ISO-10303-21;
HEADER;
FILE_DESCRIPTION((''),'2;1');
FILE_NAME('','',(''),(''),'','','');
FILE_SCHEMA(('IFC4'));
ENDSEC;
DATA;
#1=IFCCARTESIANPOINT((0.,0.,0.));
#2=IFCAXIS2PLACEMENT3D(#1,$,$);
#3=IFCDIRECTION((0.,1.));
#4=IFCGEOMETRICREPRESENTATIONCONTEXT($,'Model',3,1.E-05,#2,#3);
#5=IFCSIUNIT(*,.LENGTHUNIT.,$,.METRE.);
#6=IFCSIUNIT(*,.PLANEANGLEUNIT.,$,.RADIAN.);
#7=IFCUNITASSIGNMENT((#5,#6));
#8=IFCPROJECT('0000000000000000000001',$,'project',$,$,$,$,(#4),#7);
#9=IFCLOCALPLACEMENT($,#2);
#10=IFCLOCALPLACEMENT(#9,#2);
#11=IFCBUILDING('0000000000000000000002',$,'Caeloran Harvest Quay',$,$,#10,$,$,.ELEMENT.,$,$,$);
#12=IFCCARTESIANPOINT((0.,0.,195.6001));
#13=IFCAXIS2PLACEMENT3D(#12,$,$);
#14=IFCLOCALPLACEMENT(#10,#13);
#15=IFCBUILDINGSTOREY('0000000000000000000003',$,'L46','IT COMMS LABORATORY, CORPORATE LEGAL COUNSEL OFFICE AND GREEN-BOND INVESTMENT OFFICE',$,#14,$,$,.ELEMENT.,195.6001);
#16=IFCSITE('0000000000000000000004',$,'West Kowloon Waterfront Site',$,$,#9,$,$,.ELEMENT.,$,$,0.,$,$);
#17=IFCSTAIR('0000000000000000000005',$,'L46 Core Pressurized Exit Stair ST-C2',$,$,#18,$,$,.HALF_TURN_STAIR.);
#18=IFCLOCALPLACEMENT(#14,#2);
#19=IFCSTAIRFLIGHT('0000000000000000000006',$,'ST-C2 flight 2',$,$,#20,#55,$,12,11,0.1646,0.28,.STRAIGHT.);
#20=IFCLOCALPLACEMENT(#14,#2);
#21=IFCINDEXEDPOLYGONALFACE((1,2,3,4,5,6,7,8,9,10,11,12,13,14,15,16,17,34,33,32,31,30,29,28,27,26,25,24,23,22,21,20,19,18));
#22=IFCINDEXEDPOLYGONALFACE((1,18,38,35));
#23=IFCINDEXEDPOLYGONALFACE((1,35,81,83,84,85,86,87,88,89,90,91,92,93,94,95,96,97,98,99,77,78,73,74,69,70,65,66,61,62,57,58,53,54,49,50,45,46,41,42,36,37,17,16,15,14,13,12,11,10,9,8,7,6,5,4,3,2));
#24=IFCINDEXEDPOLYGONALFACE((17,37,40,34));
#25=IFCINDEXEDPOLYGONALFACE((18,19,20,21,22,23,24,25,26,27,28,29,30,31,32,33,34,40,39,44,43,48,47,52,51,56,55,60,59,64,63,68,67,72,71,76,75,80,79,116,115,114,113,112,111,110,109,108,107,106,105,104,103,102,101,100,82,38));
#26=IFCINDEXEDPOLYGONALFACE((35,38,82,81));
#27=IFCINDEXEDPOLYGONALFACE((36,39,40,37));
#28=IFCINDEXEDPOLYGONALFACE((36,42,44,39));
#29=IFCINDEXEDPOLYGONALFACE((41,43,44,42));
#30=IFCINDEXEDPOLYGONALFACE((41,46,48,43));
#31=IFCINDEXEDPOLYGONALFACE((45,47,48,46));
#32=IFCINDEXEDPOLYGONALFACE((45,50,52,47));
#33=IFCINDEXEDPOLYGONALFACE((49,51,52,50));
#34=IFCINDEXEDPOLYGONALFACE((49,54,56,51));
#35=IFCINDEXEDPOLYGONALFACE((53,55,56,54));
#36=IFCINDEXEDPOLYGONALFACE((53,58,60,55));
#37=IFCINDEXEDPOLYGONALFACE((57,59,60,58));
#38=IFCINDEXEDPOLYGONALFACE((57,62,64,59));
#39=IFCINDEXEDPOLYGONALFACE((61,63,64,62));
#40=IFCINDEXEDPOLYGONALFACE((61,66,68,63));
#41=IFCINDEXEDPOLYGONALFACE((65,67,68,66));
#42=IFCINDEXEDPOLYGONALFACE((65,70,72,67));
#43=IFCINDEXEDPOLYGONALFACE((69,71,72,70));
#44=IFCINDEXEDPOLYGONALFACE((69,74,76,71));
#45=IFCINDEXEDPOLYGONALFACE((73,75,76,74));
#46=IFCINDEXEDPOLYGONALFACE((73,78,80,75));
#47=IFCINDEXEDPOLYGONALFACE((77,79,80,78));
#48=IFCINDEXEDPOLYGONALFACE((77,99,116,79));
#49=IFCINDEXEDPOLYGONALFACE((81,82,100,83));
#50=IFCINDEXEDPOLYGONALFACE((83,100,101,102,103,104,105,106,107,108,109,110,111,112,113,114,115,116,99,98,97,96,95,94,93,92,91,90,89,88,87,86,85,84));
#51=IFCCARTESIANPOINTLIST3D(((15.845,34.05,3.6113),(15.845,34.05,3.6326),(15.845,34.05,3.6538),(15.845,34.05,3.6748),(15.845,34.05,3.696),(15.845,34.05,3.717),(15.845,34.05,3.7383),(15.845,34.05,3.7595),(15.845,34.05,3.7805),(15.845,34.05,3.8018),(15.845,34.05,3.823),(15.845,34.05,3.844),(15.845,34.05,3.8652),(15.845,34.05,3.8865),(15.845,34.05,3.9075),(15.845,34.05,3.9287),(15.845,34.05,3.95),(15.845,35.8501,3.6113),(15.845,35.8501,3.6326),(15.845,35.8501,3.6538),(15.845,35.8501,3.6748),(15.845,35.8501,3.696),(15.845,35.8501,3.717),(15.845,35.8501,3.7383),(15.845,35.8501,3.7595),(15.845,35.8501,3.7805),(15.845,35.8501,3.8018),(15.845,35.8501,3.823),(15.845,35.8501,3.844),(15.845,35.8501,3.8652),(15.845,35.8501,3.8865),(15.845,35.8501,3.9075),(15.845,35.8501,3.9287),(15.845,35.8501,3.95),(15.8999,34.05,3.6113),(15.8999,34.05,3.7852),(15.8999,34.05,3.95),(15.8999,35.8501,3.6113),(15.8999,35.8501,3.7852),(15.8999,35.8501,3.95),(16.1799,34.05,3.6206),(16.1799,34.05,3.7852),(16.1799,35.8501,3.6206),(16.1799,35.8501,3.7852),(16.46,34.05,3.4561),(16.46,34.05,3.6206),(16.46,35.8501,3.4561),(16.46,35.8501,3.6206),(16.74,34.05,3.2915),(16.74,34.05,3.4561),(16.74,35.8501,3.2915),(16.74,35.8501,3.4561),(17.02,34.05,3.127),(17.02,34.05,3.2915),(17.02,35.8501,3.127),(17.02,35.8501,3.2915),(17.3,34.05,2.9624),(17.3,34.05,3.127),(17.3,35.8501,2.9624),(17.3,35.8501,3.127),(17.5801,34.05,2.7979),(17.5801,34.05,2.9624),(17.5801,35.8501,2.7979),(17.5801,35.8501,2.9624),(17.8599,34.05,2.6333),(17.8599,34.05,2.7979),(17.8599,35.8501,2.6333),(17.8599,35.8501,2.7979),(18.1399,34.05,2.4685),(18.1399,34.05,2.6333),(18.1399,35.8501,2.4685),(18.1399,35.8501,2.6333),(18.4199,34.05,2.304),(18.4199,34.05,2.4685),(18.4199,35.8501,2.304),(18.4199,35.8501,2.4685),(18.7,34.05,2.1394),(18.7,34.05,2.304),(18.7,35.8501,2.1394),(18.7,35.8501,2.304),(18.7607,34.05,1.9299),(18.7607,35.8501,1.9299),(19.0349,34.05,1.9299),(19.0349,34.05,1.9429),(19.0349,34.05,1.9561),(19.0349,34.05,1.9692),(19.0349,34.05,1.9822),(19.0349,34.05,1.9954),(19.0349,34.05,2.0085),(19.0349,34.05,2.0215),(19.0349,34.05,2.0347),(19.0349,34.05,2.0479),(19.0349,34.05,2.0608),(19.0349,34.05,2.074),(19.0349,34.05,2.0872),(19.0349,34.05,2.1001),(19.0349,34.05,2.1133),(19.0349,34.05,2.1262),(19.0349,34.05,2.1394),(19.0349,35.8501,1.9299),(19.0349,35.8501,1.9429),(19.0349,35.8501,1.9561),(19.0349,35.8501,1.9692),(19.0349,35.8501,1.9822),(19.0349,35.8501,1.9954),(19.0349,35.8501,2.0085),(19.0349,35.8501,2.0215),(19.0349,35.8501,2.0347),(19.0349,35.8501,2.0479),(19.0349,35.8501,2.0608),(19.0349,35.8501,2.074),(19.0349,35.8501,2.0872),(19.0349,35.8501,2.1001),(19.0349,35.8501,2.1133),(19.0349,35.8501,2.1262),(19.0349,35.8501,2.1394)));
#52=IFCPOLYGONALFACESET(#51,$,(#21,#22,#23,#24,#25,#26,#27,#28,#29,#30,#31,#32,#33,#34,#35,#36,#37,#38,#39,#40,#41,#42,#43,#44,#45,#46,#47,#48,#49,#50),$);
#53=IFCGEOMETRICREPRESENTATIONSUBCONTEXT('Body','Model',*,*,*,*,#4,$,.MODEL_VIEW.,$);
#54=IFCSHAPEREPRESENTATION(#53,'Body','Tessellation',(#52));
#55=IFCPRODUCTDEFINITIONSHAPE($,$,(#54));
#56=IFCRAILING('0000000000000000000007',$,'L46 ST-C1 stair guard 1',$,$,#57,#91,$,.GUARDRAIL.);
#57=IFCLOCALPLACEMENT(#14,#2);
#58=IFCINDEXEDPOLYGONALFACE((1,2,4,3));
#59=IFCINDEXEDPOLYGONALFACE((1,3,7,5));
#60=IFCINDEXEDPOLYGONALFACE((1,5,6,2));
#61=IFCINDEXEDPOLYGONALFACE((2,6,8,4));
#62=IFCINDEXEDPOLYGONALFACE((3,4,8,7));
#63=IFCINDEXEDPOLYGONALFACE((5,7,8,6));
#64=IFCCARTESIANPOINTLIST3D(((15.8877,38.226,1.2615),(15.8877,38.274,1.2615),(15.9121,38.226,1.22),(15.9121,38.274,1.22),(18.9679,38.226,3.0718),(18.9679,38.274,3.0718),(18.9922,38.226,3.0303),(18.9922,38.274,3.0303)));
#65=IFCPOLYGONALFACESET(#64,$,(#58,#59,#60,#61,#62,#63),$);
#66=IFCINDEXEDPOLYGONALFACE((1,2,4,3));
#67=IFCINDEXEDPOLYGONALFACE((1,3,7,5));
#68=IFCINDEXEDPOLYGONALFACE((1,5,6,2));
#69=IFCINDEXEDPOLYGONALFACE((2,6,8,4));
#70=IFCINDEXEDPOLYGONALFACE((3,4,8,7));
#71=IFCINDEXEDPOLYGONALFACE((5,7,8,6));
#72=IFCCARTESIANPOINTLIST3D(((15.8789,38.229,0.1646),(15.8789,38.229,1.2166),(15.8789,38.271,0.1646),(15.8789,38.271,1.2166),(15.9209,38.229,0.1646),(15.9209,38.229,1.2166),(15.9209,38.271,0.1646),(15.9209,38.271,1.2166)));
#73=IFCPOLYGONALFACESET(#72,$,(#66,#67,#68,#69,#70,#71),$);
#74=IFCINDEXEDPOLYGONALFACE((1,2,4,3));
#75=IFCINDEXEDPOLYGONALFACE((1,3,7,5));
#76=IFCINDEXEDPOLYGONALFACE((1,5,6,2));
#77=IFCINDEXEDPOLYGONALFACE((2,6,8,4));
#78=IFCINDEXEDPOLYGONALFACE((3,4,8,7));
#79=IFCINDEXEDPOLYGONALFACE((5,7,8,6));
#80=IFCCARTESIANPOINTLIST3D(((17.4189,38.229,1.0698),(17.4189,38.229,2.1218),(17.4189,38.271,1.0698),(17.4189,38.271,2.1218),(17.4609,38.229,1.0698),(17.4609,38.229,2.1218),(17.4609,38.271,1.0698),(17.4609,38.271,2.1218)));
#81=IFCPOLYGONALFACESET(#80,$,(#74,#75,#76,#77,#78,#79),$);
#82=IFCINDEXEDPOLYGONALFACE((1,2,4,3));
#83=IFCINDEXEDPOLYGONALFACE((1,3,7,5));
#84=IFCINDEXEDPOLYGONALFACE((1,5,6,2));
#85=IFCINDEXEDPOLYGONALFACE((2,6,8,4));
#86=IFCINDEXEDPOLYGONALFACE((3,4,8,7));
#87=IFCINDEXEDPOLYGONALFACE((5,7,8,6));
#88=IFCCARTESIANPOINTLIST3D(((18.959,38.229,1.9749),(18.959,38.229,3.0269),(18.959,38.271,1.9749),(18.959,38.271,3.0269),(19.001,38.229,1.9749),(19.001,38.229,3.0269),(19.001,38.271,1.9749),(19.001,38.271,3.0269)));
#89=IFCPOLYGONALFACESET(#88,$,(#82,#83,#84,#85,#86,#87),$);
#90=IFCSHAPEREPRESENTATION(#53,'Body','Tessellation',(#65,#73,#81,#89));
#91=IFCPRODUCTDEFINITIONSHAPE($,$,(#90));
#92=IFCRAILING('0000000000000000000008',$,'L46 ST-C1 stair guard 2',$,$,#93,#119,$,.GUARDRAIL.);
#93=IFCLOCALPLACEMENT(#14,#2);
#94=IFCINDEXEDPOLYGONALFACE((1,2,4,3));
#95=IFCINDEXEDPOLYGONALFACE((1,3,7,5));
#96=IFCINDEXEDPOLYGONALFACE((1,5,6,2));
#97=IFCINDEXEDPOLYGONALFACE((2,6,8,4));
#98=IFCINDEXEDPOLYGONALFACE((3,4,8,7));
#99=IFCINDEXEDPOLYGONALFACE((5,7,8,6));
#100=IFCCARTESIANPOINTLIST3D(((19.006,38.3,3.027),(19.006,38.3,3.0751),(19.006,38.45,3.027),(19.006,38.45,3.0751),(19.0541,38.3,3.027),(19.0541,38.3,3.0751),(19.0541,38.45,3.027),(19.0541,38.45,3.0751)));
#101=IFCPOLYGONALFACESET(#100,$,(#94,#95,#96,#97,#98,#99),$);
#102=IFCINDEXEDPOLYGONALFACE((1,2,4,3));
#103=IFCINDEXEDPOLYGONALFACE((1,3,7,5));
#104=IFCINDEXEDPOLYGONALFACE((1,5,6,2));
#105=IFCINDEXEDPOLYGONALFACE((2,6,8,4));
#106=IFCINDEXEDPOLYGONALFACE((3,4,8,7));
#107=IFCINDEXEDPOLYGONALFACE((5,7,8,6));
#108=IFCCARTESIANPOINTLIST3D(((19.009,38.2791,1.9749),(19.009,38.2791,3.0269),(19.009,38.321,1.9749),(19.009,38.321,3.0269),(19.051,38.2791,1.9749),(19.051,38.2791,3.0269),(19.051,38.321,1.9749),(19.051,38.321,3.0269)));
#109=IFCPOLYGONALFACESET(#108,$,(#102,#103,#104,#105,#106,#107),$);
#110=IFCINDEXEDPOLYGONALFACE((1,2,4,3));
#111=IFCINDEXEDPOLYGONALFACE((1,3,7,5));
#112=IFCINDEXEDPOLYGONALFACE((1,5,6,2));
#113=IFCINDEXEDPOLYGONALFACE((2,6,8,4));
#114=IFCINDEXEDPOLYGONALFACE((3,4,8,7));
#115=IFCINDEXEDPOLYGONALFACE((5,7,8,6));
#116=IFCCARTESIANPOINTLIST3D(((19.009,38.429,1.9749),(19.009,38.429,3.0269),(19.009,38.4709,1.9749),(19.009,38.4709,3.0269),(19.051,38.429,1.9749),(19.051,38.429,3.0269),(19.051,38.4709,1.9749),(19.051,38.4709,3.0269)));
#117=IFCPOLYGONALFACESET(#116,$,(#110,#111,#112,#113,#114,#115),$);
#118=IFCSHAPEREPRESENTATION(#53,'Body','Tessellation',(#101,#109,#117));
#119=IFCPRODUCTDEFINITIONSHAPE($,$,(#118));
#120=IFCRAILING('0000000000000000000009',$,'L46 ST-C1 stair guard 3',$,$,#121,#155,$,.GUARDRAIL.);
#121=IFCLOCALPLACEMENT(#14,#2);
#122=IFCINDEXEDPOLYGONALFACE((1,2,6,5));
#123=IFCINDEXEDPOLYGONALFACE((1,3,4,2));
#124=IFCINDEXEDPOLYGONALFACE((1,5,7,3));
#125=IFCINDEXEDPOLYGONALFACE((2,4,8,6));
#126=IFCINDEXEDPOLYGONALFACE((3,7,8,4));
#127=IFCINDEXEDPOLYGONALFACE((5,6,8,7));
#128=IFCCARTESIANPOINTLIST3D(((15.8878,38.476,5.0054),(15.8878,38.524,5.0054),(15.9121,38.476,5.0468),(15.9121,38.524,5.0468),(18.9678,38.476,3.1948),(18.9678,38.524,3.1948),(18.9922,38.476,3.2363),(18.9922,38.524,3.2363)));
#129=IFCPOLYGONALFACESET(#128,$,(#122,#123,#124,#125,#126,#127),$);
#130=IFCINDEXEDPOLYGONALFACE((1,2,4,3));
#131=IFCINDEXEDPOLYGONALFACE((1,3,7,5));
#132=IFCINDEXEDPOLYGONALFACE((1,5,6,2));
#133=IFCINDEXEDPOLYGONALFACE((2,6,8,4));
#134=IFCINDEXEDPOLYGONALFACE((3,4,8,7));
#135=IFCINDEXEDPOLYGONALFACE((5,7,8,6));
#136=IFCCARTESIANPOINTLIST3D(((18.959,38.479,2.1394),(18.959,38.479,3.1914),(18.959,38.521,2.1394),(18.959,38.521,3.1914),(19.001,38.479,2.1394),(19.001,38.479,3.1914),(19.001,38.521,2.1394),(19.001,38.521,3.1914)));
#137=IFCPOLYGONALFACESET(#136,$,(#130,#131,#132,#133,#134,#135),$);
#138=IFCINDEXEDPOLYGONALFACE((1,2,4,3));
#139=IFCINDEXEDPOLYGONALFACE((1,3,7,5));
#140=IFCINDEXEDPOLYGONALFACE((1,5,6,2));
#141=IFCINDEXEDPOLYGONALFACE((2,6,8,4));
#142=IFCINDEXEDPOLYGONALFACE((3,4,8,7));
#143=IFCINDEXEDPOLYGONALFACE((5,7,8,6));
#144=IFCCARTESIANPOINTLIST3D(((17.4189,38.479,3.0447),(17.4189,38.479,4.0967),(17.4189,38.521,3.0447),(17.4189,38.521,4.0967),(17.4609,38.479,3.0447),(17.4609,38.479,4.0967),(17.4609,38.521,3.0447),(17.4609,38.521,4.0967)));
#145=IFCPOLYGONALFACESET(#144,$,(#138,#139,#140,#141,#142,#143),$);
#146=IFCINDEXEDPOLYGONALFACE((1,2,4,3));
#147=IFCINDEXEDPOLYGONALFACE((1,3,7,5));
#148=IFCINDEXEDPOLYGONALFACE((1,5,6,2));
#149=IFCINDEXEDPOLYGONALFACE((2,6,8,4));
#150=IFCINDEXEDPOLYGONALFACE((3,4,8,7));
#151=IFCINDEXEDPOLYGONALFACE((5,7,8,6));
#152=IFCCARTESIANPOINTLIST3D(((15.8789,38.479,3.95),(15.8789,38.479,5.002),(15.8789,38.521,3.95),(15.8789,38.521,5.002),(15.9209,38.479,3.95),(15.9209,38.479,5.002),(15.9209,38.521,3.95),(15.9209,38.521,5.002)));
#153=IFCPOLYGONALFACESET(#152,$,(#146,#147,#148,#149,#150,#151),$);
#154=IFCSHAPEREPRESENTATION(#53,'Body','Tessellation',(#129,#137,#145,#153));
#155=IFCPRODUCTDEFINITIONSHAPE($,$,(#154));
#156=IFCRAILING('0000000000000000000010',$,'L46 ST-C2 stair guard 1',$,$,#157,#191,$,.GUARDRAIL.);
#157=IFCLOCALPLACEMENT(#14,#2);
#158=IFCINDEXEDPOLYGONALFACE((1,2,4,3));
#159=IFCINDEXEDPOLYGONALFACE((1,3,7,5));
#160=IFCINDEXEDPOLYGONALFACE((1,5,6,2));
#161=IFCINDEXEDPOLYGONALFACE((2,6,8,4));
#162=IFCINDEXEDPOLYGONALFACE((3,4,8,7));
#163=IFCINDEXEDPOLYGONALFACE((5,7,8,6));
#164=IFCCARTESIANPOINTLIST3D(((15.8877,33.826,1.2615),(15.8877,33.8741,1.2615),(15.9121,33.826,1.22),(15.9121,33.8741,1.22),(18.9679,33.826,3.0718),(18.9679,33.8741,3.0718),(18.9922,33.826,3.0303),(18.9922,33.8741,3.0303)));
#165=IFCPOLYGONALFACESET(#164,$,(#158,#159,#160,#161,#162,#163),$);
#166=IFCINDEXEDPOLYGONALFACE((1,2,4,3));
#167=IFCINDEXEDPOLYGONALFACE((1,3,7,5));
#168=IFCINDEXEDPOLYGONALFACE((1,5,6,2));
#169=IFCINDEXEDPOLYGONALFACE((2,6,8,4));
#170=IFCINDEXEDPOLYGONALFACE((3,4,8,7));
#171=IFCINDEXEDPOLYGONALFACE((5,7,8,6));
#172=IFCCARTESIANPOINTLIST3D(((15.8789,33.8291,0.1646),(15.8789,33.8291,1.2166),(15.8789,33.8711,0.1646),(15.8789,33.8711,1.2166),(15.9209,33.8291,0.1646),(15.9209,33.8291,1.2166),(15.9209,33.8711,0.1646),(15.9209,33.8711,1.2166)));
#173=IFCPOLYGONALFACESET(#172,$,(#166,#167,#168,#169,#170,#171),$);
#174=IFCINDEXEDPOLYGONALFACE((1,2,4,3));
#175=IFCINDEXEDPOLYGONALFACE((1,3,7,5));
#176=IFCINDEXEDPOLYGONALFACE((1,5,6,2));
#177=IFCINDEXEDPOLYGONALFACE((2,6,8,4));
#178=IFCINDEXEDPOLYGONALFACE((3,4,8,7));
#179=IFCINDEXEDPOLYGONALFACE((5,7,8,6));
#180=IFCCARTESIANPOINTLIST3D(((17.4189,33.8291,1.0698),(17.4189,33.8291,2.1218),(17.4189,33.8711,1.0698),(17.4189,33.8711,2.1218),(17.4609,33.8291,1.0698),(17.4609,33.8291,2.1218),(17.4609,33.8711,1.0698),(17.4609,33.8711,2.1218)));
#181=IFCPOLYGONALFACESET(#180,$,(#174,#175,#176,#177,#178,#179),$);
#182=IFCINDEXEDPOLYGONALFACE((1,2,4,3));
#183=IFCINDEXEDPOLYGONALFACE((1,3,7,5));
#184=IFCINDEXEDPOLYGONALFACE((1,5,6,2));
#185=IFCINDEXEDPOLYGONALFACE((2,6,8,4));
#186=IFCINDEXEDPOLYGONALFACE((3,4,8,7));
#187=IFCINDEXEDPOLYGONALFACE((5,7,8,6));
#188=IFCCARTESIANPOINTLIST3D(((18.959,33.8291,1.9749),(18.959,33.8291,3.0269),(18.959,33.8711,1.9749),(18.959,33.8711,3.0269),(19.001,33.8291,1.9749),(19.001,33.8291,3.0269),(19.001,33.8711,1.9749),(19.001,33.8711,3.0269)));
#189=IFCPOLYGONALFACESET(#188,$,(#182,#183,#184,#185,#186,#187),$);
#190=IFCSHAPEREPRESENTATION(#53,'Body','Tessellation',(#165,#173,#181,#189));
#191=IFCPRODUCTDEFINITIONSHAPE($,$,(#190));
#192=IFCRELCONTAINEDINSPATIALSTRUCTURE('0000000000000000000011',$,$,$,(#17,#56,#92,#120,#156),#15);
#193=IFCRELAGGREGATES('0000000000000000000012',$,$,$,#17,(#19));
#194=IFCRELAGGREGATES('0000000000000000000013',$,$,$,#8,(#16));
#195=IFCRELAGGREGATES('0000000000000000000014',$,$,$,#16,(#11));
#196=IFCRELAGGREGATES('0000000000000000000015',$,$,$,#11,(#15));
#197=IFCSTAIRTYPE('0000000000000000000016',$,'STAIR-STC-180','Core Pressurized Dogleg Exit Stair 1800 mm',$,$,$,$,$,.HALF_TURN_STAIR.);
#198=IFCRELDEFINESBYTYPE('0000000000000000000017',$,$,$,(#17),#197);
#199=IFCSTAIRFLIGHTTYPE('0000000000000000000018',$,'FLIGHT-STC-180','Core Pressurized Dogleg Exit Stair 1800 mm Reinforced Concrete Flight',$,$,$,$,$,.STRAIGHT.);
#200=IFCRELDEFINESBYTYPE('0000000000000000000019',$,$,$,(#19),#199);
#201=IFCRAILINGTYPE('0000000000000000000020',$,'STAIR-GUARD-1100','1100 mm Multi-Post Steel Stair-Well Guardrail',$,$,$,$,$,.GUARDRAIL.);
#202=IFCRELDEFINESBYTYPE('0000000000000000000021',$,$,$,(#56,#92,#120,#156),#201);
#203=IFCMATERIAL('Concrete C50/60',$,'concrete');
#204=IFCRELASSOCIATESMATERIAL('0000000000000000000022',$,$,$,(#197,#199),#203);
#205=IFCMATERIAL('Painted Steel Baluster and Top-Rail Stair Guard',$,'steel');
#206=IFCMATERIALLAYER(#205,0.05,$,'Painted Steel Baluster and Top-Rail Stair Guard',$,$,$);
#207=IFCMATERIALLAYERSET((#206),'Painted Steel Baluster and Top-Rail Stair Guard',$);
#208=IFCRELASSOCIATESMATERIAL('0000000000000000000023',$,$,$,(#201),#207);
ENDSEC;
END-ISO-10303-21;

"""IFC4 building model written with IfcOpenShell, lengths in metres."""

from ifc_helpers import new_model, si_unit, direction, frame, origin, origin_2d, place, context, subcontext, project, spatial, polyline, rectangle, outline, extrude, material, layer, layer_set, type_object, element, aggregate, save


model = new_model("IFC4")

# Units and contexts
model_context = context("Model", 3, precision=1e-05, world=origin(), true_north=direction((0.0, 1.0)))
body_context = subcontext(model_context, "Body", "Model", "MODEL_VIEW")
ifc_project = project(units=[si_unit("LENGTHUNIT", "METRE"), si_unit("PLANEANGLEUNIT", "RADIAN")], contexts=[model_context])

# Site, building, storey
site_placement = place(None, origin())
site = spatial("IfcSite", under=ifc_project, at=site_placement, Name="West Kowloon Waterfront Site", CompositionType="ELEMENT", RefElevation=0.0)
building_placement = place(site_placement, origin())
building = spatial("IfcBuilding", under=site, at=building_placement, Name="Caeloran Harvest Quay", CompositionType="ELEMENT")
storey_placement = place(building_placement, frame((0.0, 0.0, 195.6001)))
storey = spatial("IfcBuildingStorey", under=building, at=storey_placement, Name="L46", Description="IT COMMS LABORATORY, CORPORATE LEGAL COUNSEL OFFICE AND GREEN-BOND INVESTMENT OFFICE", CompositionType="ELEMENT", Elevation=195.6001)

# Shared definitions
ifc_material_1 = material(Name="Concrete C50/60", Category="concrete")

# Stair, stair flight
stair_type = type_object("IfcStairType", Name="STAIR-STC-180", Description="Core Pressurized Dogleg Exit Stair 1800 mm", PredefinedType="HALF_TURN_STAIR", material=ifc_material_1)
stair_flight_type = type_object("IfcStairFlightType", Name="FLIGHT-STC-180", Description="Core Pressurized Dogleg Exit Stair 1800 mm Reinforced Concrete Flight", PredefinedType="STRAIGHT", material=ifc_material_1)
stair_1_placement = place(storey_placement, origin())
stair_1 = element("IfcStair", 1, at=stair_1_placement, inside=storey, type_object=stair_type, Name="L46 Core Pressurized Exit Stair ST-C2", PredefinedType="HALF_TURN_STAIR")
stair_flight_1_placement = place(storey_placement, frame((18.98, 34.95, 1.9749), z_axis=(0.0, 0.0, 1.0), x_axis=(-1.0, 0.0, 0.0)))
stair_flight_1 = element("IfcStairFlight", 2, at=stair_flight_1_placement, type_object=stair_flight_type, Name="ST-C2 flight 2", NumberOfRisers=12, NumberOfTreads=11, PredefinedType="STRAIGHT", RiserHeight=0.1646, TreadLength=0.28, context=body_context, shape_type="SweptSolid", body=[
    extrude(outline(polyline([(-0.0549, -0.0449), (-0.0549, -0.032), (-0.0549, -0.0188), (-0.0549, -0.0056), (-0.0549, 0.0073), (-0.0549, 0.0205), (-0.0549, 0.0337), (-0.0549, 0.0466), (-0.0549, 0.0598), (-0.0549, 0.073), (-0.0549, 0.0859), (-0.0549, 0.0991), (-0.0549, 0.1123), (-0.0549, 0.1252), (-0.0549, 0.1384), (-0.0549, 0.1514), (-0.0549, 0.1646), (0.28, 0.1646), (0.28, 0.3291), (0.5601, 0.3291), (0.5601, 0.4937), (0.8401, 0.4937), (0.8401, 0.6584), (1.1201, 0.6584), (1.1201, 0.823), (1.3999, 0.823), (1.3999, 0.9875), (1.6799, 0.9875), (1.6799, 1.1521), (1.96, 1.1521), (1.96, 1.3167), (2.24, 1.3167), (2.24, 1.4812), (2.52, 1.4812), (2.52, 1.6458), (2.8, 1.6458), (2.8, 1.8103), (3.0801, 1.8103), (3.0801, 1.9751), (3.135, 1.9751), (3.135, 1.9539), (3.135, 1.9326), (3.135, 1.9116), (3.135, 1.8904), (3.135, 1.8691), (3.135, 1.8481), (3.135, 1.8269), (3.135, 1.8057), (3.135, 1.7847), (3.135, 1.7634), (3.135, 1.7422), (3.135, 1.7212), (3.135, 1.7), (3.135, 1.679), (3.135, 1.6577), (3.135, 1.6365), (3.0801, 1.6365), (0.2192, -0.0449), (-0.0549, -0.0449)])), frame((0.0, 0.8999, 0.0), z_axis=(0.0, -1.0, 0.0), x_axis=(1.0, 0.0, 0.0)), (0.0, 0.0, 1.0), 1.8),
])
aggregate(stair_1, [stair_flight_1])

# Railings
ifc_material_2 = material(Name="Painted Steel Baluster and Top-Rail Stair Guard", Category="steel")
ifc_layer_1 = layer(ifc_material_2, 0.05, Name="Painted Steel Baluster and Top-Rail Stair Guard")
ifc_layer_set_1 = layer_set([ifc_layer_1], Name="Painted Steel Baluster and Top-Rail Stair Guard")
railing_type_1 = type_object("IfcRailingType", Name="STAIR-GUARD-1100", Description="1100 mm Multi-Post Steel Stair-Well Guardrail", PredefinedType="GUARDRAIL", material=ifc_layer_set_1)
railing_1_placement = place(storey_placement, frame((15.8999, 38.25, 0.1646)))
element("IfcRailing", 3, at=railing_1_placement, inside=storey, type_object=railing_type_1, Name="L46 ST-C1 stair guard 1", PredefinedType="GUARDRAIL", context=body_context, shape_type="SweptSolid", body=[
    extrude(rectangle(XDim=0.0481, YDim=0.0481, at=origin_2d()), frame((0.0, 0.0, 1.0762), z_axis=(0.862119, 0.0, 0.506707), x_axis=(0.0, 1.0, 0.0)), (0.0, 0.0, 1.0), 3.5728),
    extrude(rectangle(XDim=0.042, YDim=0.042, at=origin_2d()), origin(), (0.0, 0.0, 1.0), 1.052),
    extrude(rectangle(XDim=0.042, YDim=0.042, at=origin_2d()), frame((1.54, 0.0, 0.9053)), (0.0, 0.0, 1.0), 1.052),
    extrude(rectangle(XDim=0.042, YDim=0.042, at=origin_2d()), frame((3.0801, 0.0, 1.8103)), (0.0, 0.0, 1.0), 1.052),
])
railing_2_placement = place(storey_placement, frame((19.03, 38.3, 1.9749)))
element("IfcRailing", 4, at=railing_2_placement, inside=storey, type_object=railing_type_1, Name="L46 ST-C1 stair guard 2", PredefinedType="GUARDRAIL", context=body_context, shape_type="SweptSolid", body=[
    extrude(rectangle(XDim=0.0481, YDim=0.0481, at=origin_2d()), frame((0.0, 0.0, 1.0762), z_axis=(0.0, 1.0, 0.0), x_axis=(-1.0, 0.0, 0.0)), (0.0, 0.0, 1.0), 0.1499),
    extrude(rectangle(XDim=0.042, YDim=0.042, at=origin_2d()), origin(), (0.0, 0.0, 1.0), 1.052),
    extrude(rectangle(XDim=0.042, YDim=0.042, at=origin_2d()), frame((0.0, 0.1499, 0.0)), (0.0, 0.0, 1.0), 1.052),
])
railing_3_placement = place(storey_placement, frame((18.98, 38.5, 2.1394)))
element("IfcRailing", 5, at=railing_3_placement, inside=storey, type_object=railing_type_1, Name="L46 ST-C1 stair guard 3", PredefinedType="GUARDRAIL", context=body_context, shape_type="SweptSolid", body=[
    extrude(rectangle(XDim=0.0481, YDim=0.0481, at=origin_2d()), frame((0.0, 0.0, 1.0762), z_axis=(-0.862089, 0.0, 0.506757), x_axis=(0.0, -1.0, 0.0)), (0.0, 0.0, 1.0), 3.5728),
    extrude(rectangle(XDim=0.042, YDim=0.042, at=origin_2d()), origin(), (0.0, 0.0, 1.0), 1.052),
    extrude(rectangle(XDim=0.042, YDim=0.042, at=origin_2d()), frame((-1.54, 0.0, 0.9053)), (0.0, 0.0, 1.0), 1.052),
    extrude(rectangle(XDim=0.042, YDim=0.042, at=origin_2d()), frame((-3.0801, 0.0, 1.8105)), (0.0, 0.0, 1.0), 1.052),
])
railing_4_placement = place(storey_placement, frame((15.8999, 33.8501, 0.1646)))
element("IfcRailing", 6, at=railing_4_placement, inside=storey, type_object=railing_type_1, Name="L46 ST-C2 stair guard 1", PredefinedType="GUARDRAIL", context=body_context, shape_type="SweptSolid", body=[
    extrude(rectangle(XDim=0.0481, YDim=0.0481, at=origin_2d()), frame((0.0, 0.0, 1.0762), z_axis=(0.862119, 0.0, 0.506707), x_axis=(0.0, 1.0, 0.0)), (0.0, 0.0, 1.0), 3.5728),
    extrude(rectangle(XDim=0.042, YDim=0.042, at=origin_2d()), origin(), (0.0, 0.0, 1.0), 1.052),
    extrude(rectangle(XDim=0.042, YDim=0.042, at=origin_2d()), frame((1.54, 0.0, 0.9053)), (0.0, 0.0, 1.0), 1.052),
    extrude(rectangle(XDim=0.042, YDim=0.042, at=origin_2d()), frame((3.0801, 0.0, 1.8103)), (0.0, 0.0, 1.0), 1.052),
])

save(model, "model.ifc")
